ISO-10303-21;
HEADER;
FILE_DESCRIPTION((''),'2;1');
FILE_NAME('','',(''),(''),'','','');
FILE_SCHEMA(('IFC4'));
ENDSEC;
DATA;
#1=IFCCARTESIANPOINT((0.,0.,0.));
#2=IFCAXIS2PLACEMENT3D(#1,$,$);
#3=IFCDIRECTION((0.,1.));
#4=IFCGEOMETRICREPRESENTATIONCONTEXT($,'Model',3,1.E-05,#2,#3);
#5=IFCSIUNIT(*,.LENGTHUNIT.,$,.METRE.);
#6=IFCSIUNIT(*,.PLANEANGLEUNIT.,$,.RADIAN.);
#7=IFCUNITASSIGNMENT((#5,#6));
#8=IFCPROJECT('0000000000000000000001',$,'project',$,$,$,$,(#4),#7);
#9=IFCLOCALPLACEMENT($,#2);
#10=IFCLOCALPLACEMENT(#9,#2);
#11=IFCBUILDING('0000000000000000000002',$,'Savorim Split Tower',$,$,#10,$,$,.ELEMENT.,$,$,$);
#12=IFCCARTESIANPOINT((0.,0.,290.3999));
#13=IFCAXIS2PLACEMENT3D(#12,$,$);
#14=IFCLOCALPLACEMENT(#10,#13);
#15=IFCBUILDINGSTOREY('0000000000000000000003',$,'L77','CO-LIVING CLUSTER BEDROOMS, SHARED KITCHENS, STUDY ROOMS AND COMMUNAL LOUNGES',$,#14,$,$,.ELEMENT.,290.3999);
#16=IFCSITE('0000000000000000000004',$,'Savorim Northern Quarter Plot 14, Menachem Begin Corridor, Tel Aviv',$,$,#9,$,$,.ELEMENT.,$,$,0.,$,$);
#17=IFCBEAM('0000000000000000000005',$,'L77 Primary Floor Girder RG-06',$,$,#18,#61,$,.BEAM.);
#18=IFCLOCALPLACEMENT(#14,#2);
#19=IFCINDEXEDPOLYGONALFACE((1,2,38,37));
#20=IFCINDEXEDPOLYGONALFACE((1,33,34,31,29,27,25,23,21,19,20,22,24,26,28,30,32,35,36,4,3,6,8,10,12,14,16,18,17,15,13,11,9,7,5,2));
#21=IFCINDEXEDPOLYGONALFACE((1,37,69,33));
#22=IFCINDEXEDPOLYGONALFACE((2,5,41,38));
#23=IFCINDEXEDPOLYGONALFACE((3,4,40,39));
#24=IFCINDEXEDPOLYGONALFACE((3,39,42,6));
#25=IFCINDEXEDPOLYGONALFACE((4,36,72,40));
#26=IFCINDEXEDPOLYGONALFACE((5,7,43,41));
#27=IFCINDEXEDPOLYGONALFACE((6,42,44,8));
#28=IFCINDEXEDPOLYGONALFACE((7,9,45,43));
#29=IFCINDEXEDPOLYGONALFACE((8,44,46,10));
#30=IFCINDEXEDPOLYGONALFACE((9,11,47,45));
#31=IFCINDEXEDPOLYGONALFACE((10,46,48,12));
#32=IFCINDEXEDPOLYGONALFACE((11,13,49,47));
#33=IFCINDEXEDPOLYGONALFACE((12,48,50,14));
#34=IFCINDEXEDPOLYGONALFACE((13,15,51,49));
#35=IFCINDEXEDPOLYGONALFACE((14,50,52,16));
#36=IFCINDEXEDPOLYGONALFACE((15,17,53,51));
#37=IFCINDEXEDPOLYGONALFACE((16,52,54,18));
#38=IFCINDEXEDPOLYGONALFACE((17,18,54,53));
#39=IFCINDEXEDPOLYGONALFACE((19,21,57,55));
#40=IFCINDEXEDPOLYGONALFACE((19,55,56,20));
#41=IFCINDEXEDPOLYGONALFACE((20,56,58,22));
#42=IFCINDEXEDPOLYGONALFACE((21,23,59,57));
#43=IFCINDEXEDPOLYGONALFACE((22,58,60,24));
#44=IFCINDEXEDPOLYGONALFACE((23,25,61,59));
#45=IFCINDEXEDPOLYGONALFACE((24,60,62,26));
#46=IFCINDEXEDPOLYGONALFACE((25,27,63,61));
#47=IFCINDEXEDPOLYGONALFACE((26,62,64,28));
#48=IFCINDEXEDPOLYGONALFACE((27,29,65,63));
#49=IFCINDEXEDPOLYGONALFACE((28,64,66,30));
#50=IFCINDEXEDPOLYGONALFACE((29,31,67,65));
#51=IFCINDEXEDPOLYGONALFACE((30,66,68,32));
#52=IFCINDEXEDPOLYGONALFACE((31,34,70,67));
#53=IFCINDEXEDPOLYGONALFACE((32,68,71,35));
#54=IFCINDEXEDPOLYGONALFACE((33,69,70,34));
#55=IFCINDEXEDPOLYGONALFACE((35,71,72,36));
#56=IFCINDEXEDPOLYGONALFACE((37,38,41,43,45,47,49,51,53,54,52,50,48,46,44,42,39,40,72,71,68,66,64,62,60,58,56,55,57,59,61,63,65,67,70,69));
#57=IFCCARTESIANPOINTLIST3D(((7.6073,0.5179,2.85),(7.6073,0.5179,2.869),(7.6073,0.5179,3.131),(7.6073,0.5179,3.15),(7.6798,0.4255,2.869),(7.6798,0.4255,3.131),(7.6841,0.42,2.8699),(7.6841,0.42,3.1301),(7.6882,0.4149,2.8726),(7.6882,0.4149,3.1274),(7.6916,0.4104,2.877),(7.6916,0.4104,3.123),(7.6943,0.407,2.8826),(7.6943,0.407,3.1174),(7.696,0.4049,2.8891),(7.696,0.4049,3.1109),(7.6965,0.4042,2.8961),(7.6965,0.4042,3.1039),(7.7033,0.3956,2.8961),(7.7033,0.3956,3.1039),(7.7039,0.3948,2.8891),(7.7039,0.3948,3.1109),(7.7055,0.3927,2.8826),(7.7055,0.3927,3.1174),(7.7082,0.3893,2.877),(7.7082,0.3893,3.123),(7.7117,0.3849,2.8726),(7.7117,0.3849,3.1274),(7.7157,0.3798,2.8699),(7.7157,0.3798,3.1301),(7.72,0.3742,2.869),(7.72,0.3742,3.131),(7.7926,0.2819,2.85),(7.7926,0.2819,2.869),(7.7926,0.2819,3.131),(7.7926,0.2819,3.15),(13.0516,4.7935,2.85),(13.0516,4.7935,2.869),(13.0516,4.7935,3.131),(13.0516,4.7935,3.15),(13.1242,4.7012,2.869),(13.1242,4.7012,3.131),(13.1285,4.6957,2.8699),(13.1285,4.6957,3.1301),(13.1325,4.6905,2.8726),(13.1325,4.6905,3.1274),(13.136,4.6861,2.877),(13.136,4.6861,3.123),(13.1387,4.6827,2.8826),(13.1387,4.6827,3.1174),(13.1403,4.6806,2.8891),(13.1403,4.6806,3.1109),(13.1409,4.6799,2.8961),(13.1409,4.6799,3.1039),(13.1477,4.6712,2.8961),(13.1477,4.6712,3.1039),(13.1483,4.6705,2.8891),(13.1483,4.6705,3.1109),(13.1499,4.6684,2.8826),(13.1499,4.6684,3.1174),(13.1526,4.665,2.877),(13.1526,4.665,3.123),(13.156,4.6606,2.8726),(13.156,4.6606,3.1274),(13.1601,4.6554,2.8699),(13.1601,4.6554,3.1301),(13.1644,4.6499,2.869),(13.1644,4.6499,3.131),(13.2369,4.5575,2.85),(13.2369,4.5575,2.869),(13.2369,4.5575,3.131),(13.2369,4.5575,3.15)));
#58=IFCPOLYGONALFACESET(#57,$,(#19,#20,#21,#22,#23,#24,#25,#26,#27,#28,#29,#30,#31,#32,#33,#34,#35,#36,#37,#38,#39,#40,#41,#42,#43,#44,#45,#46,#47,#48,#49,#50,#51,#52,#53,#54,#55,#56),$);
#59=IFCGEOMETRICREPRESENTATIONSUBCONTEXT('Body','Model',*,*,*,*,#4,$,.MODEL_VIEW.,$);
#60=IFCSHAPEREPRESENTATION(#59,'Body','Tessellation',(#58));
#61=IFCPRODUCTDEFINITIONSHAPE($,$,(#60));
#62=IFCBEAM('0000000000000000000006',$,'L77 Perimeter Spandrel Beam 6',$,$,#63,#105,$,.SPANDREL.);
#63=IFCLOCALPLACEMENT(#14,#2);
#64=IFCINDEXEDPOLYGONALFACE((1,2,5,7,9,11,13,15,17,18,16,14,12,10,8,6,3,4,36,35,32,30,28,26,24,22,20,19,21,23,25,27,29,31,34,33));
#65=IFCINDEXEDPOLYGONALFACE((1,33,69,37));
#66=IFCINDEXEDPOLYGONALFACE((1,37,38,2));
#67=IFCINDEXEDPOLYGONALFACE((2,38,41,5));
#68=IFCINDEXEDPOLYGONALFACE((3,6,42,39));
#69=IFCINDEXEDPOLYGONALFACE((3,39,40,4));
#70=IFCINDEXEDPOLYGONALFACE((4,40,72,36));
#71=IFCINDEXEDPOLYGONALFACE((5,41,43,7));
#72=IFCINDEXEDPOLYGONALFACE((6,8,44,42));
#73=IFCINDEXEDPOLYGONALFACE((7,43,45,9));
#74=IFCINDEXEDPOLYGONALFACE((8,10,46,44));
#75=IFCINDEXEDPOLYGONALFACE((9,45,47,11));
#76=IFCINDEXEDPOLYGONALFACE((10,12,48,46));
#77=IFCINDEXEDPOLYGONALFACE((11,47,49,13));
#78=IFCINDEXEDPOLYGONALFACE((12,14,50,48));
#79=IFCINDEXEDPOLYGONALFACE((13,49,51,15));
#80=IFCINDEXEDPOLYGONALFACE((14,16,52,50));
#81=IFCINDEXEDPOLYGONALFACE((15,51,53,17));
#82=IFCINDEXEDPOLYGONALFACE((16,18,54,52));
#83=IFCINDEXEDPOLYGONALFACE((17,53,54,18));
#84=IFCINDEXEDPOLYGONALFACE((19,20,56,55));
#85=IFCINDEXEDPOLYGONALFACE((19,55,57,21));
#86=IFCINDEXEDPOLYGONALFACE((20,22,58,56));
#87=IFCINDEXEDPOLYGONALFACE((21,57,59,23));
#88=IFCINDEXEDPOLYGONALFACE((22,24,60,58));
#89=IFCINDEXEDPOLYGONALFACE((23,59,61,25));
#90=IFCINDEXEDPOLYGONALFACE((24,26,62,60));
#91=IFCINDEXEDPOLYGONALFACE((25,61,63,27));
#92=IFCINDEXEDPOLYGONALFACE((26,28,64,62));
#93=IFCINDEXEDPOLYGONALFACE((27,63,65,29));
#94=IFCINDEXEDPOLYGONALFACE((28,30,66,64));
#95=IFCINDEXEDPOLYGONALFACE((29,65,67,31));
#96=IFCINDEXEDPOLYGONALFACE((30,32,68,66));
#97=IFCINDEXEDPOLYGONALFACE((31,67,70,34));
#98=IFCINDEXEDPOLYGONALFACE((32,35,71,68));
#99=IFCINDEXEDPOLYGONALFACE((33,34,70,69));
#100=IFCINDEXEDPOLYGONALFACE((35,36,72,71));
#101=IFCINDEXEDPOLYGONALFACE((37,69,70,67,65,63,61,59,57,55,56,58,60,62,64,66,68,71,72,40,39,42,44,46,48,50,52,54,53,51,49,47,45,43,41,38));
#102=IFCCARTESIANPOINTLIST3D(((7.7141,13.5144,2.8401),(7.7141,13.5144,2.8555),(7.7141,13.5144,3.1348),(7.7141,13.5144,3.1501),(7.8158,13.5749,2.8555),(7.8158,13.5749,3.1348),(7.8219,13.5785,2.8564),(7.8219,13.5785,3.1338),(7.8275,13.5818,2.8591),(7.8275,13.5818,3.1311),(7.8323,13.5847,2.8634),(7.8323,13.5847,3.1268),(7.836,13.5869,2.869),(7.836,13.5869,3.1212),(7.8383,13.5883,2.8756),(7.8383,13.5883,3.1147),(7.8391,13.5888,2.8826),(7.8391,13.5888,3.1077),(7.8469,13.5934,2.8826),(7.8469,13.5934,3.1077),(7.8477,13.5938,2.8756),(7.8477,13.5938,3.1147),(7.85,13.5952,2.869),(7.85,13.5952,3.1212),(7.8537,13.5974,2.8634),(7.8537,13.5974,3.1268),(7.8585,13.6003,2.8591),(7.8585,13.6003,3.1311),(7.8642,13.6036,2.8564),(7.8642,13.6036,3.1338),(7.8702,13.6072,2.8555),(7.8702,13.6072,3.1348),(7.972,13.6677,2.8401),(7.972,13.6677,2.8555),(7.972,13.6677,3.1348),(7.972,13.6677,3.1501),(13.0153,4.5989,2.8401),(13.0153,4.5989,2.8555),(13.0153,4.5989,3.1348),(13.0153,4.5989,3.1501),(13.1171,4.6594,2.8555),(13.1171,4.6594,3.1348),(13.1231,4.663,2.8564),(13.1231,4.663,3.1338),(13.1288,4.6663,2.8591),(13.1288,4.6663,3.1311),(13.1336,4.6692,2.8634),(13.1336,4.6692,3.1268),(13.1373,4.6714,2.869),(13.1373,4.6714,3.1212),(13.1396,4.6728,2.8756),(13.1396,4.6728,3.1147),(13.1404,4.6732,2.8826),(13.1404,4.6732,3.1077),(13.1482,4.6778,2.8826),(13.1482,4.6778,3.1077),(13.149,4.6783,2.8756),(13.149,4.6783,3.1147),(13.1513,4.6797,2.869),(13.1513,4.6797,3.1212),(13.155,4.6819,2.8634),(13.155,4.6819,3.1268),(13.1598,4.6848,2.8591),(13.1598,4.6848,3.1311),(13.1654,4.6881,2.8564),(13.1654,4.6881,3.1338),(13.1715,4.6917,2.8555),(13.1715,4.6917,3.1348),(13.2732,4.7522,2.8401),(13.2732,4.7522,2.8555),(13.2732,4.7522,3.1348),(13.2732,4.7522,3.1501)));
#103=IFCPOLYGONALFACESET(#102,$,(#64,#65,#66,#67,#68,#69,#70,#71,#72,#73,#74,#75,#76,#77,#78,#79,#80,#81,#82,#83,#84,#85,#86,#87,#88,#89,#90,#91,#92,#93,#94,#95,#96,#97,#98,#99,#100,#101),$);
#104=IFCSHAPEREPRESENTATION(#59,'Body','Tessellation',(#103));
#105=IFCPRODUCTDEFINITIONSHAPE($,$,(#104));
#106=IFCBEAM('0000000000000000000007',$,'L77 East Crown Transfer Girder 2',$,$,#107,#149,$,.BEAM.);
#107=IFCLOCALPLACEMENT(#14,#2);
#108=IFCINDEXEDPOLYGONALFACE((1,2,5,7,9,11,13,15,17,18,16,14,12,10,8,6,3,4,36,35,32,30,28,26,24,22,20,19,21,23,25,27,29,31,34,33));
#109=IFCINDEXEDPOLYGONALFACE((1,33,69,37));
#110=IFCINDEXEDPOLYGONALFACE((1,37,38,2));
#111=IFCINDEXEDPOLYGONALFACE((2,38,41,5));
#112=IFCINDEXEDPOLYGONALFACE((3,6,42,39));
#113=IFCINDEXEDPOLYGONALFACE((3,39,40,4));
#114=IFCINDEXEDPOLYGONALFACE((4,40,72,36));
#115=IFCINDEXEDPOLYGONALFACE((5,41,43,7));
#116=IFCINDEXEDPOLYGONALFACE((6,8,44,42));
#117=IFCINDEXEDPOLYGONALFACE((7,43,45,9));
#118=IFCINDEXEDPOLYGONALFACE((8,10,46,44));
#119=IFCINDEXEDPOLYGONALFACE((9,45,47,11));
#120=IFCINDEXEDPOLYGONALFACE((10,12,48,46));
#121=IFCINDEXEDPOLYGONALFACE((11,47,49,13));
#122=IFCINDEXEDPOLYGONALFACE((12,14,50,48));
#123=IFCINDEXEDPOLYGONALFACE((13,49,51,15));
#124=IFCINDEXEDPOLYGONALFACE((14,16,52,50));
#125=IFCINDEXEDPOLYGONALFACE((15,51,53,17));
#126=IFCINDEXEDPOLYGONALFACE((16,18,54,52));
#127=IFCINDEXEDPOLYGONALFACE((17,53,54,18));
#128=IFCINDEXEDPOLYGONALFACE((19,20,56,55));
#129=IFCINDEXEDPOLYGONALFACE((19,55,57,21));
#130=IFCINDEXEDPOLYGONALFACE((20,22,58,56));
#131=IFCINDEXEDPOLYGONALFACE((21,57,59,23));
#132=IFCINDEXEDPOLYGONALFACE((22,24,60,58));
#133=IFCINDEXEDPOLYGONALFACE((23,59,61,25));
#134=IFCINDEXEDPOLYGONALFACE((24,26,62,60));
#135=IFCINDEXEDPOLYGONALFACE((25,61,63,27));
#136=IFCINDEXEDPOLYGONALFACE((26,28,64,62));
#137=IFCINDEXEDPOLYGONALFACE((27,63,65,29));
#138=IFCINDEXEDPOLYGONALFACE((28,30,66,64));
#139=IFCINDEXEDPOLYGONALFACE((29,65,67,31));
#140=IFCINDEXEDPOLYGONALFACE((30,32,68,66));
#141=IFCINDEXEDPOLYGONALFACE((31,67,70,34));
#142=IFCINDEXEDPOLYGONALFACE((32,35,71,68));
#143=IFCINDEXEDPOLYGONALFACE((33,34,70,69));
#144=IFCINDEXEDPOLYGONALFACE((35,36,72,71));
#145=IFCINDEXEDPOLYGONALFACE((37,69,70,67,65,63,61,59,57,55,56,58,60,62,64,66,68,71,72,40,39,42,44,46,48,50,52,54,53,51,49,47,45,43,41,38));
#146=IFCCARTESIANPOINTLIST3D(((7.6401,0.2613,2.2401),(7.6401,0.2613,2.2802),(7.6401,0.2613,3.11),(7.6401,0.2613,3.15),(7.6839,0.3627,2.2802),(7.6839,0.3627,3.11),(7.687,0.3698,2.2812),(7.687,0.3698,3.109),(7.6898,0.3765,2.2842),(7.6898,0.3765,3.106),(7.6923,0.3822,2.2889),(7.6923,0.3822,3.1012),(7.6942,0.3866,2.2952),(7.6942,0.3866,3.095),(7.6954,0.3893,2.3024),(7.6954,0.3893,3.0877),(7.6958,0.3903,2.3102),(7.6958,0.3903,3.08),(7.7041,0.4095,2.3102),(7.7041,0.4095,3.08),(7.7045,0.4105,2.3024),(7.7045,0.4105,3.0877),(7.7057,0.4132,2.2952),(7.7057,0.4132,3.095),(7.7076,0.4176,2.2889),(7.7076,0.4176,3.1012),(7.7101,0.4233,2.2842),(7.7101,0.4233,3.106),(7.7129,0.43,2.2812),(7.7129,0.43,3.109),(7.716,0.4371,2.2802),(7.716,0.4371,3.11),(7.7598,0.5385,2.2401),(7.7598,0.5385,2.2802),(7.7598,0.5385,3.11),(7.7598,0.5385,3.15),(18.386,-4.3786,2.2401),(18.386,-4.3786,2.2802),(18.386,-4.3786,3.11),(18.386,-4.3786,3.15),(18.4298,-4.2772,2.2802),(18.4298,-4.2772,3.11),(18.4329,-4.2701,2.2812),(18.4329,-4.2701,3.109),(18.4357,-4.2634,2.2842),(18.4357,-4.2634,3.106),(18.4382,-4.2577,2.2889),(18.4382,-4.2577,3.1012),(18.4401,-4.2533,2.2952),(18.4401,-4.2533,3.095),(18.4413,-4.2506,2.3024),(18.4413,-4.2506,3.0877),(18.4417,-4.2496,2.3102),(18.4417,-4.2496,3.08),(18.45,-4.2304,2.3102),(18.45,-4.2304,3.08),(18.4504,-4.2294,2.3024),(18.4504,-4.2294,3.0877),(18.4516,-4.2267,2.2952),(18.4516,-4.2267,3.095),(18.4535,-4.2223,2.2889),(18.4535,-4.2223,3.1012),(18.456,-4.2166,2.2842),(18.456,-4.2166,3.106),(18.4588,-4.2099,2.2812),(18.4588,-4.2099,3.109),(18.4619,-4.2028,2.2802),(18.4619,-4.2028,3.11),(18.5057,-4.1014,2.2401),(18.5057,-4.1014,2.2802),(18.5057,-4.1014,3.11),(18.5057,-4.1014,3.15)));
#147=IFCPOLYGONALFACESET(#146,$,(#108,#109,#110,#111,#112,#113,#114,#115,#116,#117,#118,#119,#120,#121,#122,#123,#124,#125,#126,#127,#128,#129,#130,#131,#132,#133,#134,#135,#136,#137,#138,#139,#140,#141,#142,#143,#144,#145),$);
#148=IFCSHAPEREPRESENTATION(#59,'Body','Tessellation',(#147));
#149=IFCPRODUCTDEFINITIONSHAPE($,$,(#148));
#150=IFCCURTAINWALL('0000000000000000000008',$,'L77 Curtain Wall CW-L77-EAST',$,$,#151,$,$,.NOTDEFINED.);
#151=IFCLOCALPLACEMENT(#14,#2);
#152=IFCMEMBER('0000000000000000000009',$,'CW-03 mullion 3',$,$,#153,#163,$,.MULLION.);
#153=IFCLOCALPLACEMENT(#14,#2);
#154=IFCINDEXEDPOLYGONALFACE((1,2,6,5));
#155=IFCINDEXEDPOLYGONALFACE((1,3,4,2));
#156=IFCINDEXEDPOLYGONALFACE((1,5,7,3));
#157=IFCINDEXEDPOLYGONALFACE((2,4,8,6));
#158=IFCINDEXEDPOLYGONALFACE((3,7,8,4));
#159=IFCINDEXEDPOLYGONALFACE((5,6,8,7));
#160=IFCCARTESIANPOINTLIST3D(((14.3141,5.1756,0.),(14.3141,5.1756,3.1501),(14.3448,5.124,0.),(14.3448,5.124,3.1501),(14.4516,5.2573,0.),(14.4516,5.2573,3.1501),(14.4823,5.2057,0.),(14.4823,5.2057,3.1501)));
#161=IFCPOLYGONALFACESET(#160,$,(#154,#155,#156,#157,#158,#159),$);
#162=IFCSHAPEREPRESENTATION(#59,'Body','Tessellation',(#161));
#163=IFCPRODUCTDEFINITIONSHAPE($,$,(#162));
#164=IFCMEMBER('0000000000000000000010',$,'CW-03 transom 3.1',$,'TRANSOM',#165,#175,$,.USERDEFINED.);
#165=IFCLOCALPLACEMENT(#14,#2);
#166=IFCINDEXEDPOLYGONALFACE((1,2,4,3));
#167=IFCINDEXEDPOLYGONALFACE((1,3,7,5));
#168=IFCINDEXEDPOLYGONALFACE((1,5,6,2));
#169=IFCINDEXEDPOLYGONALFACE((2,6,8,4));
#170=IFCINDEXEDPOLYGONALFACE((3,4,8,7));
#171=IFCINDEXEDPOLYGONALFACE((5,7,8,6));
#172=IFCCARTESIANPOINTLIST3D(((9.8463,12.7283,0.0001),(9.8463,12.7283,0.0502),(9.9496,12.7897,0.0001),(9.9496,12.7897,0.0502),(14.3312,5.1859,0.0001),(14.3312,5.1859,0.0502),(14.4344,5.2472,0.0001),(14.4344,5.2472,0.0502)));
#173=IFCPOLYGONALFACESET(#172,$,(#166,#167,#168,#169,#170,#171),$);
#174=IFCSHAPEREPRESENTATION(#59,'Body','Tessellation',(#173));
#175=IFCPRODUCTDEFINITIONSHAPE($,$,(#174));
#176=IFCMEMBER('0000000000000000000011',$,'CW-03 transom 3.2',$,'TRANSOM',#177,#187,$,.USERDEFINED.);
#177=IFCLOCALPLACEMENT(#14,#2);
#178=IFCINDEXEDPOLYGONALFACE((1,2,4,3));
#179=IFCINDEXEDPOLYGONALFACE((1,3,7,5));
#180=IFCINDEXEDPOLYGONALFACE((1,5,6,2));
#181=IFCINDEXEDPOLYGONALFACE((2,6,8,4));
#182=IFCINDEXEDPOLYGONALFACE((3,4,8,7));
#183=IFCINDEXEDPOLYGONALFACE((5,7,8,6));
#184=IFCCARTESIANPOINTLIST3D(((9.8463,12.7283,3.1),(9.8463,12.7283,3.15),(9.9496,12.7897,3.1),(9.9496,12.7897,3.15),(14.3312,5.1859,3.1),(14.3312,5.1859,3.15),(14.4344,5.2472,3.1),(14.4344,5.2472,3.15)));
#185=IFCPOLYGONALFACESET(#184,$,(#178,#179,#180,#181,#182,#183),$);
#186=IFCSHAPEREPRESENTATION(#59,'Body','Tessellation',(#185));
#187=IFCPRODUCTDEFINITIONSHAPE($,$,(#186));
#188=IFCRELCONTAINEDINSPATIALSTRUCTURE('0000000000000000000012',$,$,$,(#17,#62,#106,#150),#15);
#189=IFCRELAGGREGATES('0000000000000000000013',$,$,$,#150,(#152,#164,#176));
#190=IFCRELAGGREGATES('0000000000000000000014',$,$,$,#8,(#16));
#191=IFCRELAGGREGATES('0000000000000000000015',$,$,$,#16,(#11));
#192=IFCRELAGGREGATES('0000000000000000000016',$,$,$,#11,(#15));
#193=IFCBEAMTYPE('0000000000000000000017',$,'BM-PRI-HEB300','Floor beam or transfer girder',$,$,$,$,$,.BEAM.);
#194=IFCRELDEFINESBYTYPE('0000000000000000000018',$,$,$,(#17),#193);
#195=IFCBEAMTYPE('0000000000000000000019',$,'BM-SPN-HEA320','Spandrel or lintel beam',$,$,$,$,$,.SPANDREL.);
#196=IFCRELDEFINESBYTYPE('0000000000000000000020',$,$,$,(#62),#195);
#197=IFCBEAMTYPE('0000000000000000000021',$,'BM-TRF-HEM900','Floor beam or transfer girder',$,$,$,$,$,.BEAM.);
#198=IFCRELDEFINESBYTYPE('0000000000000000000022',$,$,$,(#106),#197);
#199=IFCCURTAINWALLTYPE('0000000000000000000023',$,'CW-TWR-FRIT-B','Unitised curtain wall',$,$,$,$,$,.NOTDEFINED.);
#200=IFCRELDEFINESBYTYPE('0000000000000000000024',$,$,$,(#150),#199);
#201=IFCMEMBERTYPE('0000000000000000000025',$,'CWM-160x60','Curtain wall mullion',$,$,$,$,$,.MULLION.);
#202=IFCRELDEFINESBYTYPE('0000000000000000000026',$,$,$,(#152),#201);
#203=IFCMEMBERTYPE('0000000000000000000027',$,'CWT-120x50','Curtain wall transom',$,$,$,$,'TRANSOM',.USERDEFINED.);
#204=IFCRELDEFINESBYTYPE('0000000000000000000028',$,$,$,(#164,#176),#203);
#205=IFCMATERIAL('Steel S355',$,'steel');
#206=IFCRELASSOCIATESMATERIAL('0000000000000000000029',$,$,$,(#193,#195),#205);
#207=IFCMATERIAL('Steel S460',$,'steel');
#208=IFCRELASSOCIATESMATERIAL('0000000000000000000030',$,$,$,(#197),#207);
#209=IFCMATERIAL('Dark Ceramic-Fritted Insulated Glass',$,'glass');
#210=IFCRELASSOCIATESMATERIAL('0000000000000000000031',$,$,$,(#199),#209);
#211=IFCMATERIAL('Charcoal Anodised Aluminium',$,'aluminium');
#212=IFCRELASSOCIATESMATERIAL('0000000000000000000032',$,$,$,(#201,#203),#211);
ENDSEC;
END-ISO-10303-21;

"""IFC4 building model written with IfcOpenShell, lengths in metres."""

from ifc_helpers import new_model, si_unit, direction, frame, origin, origin_2d, place, context, subcontext, project, spatial, rectangle, i_section, extrude, material, material_profile, profile_set, type_object, element, aggregate, save


model = new_model("IFC4")

# Units and contexts
model_context = context("Model", 3, precision=1e-05, world=origin(), true_north=direction((0.0, 1.0)))
body_context = subcontext(model_context, "Body", "Model", "MODEL_VIEW")
ifc_project = project(units=[si_unit("LENGTHUNIT", "METRE"), si_unit("PLANEANGLEUNIT", "RADIAN")], contexts=[model_context])

# Site, building, storey
site_placement = place(None, origin())
site = spatial("IfcSite", under=ifc_project, at=site_placement, Name="Savorim Northern Quarter Plot 14, Menachem Begin Corridor, Tel Aviv", CompositionType="ELEMENT", RefElevation=0.0)
building_placement = place(site_placement, origin())
building = spatial("IfcBuilding", under=site, at=building_placement, Name="Savorim Split Tower", CompositionType="ELEMENT")
storey_placement = place(building_placement, frame((0.0, 0.0, 290.3999)))
storey = spatial("IfcBuildingStorey", under=building, at=storey_placement, Name="L77", Description="CO-LIVING CLUSTER BEDROOMS, SHARED KITCHENS, STUDY ROOMS AND COMMUNAL LOUNGES", CompositionType="ELEMENT", Elevation=290.3999)

# Shared definitions
ifc_material_1 = material(Name="Steel S355", Category="steel")

# Beams
ifc_material_profile_1 = material_profile(ifc_material_1, i_section(OverallWidth=0.3, OverallDepth=0.3, WebThickness=0.011, FlangeThickness=0.019, FilletRadius=0.0271, at=origin_2d()), Name="HEB 300")
ifc_profile_set_1 = profile_set([ifc_material_profile_1], Name="Steel S355")
beam_type_1 = type_object("IfcBeamType", Name="BM-PRI-HEB300", Description="Floor beam or transfer girder", PredefinedType="BEAM", material=ifc_profile_set_1)
beam_1_placement = place(storey_placement, frame((13.1443, 4.6755, 3.0), z_axis=(-0.786463, -0.617638, 0.0), x_axis=(0.617638, -0.786463, 0.0)))
element("IfcBeam", 1, at=beam_1_placement, inside=storey, type_object=beam_type_1, Name="L77 Primary Floor Girder RG-06", PredefinedType="BEAM", context=body_context, shape_type="SweptSolid", body=[
    extrude(i_section(OverallWidth=0.3, OverallDepth=0.3, WebThickness=0.011, FlangeThickness=0.019, FilletRadius=0.0271, at=origin_2d()), origin(), (0.0, 0.0, 1.0), 6.9226),
])
ifc_material_profile_2 = material_profile(ifc_material_1, i_section(OverallWidth=0.3, OverallDepth=0.3101, WebThickness=0.009, FlangeThickness=0.0154, FilletRadius=0.0271, at=origin_2d()), Name="HEA 320")
ifc_profile_set_2 = profile_set([ifc_material_profile_2], Name="Steel S355")
beam_type_2 = type_object("IfcBeamType", Name="BM-SPN-HEA320", Description="Spandrel or lintel beam", PredefinedType="SPANDREL", material=ifc_profile_set_2)
beam_2_placement = place(storey_placement, frame((13.1443, 4.6755, 2.9951), z_axis=(-0.511086, 0.85953, 0.0), x_axis=(-0.85953, -0.511086, 0.0)))
element("IfcBeam", 2, at=beam_2_placement, inside=storey, type_object=beam_type_2, Name="L77 Perimeter Spandrel Beam 6", PredefinedType="SPANDREL", context=body_context, shape_type="SweptSolid", body=[
    extrude(i_section(OverallWidth=0.3, OverallDepth=0.3101, WebThickness=0.009, FlangeThickness=0.0154, FilletRadius=0.0271, at=origin_2d()), origin(), (0.0, 0.0, 1.0), 10.3726),
])
ifc_material_2 = material(Name="Steel S460", Category="steel")
ifc_material_profile_3 = material_profile(ifc_material_2, i_section(OverallWidth=0.302, OverallDepth=0.9099, WebThickness=0.021, FlangeThickness=0.04, FilletRadius=0.03, at=origin_2d()), Name="HE 900 M")
ifc_profile_set_3 = profile_set([ifc_material_profile_3], Name="Steel S460")
beam_type_3 = type_object("IfcBeamType", Name="BM-TRF-HEM900", Description="Floor beam or transfer girder", PredefinedType="BEAM", material=ifc_profile_set_3)
beam_3_placement = place(storey_placement, frame((7.7, 0.3999, 2.6951), z_axis=(0.918074, -0.39641, 0.0), x_axis=(0.39641, 0.918074, 0.0)))
element("IfcBeam", 3, at=beam_3_placement, inside=storey, type_object=beam_type_3, Name="L77 East Crown Transfer Girder 2", PredefinedType="BEAM", context=body_context, shape_type="SweptSolid", body=[
    extrude(i_section(OverallWidth=0.302, OverallDepth=0.9099, WebThickness=0.021, FlangeThickness=0.04, FilletRadius=0.03, at=origin_2d()), origin(), (0.0, 0.0, 1.0), 11.7048),
])

# Curtain wall, members
ifc_material_3 = material(Name="Dark Ceramic-Fritted Insulated Glass", Category="glass")
curtain_wall_type = type_object("IfcCurtainWallType", Name="CW-TWR-FRIT-B", Description="Unitised curtain wall", PredefinedType="NOTDEFINED", material=ifc_material_3)
curtain_wall_placement = place(storey_placement, origin())
curtain_wall = element("IfcCurtainWall", 4, at=curtain_wall_placement, inside=storey, type_object=curtain_wall_type, Name="L77 Curtain Wall CW-L77-EAST", PredefinedType="NOTDEFINED")
ifc_material_4 = material(Name="Charcoal Anodised Aluminium", Category="aluminium")
ifc_material_profile_4 = material_profile(ifc_material_4, rectangle(XDim=0.1599, YDim=0.0601, at=origin_2d()), Name="ALU-M 160x60")
ifc_profile_set_4 = profile_set([ifc_material_profile_4], Name="Charcoal Anodised Aluminium")
member_type_1 = type_object("IfcMemberType", Name="CWM-160x60", Description="Curtain wall mullion", PredefinedType="MULLION", material=ifc_profile_set_4)
member_1_placement = place(storey_placement, frame((14.3982, 5.1907, 0.0), z_axis=(0.0, 0.0, 1.0), x_axis=(-0.859526, -0.511092, 0.0)))
member_1 = element("IfcMember", 5, at=member_1_placement, type_object=member_type_1, Name="CW-03 mullion 3", PredefinedType="MULLION", context=body_context, shape_type="SweptSolid", body=[
    extrude(rectangle(XDim=0.1599, YDim=0.0601, at=origin_2d()), origin(), (0.0, 0.0, 1.0), 3.1501),
])
ifc_material_profile_5 = material_profile(ifc_material_4, rectangle(XDim=0.1201, YDim=0.05, at=origin_2d()), Name="ALU-T 120x50")
ifc_profile_set_5 = profile_set([ifc_material_profile_5], Name="Charcoal Anodised Aluminium")
member_type_2 = type_object("IfcMemberType", Name="CWT-120x50", Description="Curtain wall transom", ElementType="TRANSOM", PredefinedType="USERDEFINED", material=ifc_profile_set_5)
member_2_placement = place(storey_placement, frame((14.3828, 5.2166, 0.0251), z_axis=(-0.511088, 0.859529, 0.0), x_axis=(-0.859529, -0.511088, 0.0)))
member_2 = element("IfcMember", 6, at=member_2_placement, type_object=member_type_2, Name="CW-03 transom 3.1", ObjectType="TRANSOM", PredefinedType="USERDEFINED", context=body_context, shape_type="SweptSolid", body=[
    extrude(rectangle(XDim=0.1201, YDim=0.05, at=origin_2d()), origin(), (0.0, 0.0, 1.0), 8.7751),
])
member_3_placement = place(storey_placement, frame((14.3828, 5.2166, 3.125), z_axis=(-0.511088, 0.859529, 0.0), x_axis=(-0.859529, -0.511088, 0.0)))
member_3 = element("IfcMember", 7, at=member_3_placement, type_object=member_type_2, Name="CW-03 transom 3.2", ObjectType="TRANSOM", PredefinedType="USERDEFINED", context=body_context, shape_type="SweptSolid", body=[
    extrude(rectangle(XDim=0.1201, YDim=0.05, at=origin_2d()), origin(), (0.0, 0.0, 1.0), 8.7751),
])
aggregate(curtain_wall, [member_1, member_2, member_3])

save(model, "model.ifc")
